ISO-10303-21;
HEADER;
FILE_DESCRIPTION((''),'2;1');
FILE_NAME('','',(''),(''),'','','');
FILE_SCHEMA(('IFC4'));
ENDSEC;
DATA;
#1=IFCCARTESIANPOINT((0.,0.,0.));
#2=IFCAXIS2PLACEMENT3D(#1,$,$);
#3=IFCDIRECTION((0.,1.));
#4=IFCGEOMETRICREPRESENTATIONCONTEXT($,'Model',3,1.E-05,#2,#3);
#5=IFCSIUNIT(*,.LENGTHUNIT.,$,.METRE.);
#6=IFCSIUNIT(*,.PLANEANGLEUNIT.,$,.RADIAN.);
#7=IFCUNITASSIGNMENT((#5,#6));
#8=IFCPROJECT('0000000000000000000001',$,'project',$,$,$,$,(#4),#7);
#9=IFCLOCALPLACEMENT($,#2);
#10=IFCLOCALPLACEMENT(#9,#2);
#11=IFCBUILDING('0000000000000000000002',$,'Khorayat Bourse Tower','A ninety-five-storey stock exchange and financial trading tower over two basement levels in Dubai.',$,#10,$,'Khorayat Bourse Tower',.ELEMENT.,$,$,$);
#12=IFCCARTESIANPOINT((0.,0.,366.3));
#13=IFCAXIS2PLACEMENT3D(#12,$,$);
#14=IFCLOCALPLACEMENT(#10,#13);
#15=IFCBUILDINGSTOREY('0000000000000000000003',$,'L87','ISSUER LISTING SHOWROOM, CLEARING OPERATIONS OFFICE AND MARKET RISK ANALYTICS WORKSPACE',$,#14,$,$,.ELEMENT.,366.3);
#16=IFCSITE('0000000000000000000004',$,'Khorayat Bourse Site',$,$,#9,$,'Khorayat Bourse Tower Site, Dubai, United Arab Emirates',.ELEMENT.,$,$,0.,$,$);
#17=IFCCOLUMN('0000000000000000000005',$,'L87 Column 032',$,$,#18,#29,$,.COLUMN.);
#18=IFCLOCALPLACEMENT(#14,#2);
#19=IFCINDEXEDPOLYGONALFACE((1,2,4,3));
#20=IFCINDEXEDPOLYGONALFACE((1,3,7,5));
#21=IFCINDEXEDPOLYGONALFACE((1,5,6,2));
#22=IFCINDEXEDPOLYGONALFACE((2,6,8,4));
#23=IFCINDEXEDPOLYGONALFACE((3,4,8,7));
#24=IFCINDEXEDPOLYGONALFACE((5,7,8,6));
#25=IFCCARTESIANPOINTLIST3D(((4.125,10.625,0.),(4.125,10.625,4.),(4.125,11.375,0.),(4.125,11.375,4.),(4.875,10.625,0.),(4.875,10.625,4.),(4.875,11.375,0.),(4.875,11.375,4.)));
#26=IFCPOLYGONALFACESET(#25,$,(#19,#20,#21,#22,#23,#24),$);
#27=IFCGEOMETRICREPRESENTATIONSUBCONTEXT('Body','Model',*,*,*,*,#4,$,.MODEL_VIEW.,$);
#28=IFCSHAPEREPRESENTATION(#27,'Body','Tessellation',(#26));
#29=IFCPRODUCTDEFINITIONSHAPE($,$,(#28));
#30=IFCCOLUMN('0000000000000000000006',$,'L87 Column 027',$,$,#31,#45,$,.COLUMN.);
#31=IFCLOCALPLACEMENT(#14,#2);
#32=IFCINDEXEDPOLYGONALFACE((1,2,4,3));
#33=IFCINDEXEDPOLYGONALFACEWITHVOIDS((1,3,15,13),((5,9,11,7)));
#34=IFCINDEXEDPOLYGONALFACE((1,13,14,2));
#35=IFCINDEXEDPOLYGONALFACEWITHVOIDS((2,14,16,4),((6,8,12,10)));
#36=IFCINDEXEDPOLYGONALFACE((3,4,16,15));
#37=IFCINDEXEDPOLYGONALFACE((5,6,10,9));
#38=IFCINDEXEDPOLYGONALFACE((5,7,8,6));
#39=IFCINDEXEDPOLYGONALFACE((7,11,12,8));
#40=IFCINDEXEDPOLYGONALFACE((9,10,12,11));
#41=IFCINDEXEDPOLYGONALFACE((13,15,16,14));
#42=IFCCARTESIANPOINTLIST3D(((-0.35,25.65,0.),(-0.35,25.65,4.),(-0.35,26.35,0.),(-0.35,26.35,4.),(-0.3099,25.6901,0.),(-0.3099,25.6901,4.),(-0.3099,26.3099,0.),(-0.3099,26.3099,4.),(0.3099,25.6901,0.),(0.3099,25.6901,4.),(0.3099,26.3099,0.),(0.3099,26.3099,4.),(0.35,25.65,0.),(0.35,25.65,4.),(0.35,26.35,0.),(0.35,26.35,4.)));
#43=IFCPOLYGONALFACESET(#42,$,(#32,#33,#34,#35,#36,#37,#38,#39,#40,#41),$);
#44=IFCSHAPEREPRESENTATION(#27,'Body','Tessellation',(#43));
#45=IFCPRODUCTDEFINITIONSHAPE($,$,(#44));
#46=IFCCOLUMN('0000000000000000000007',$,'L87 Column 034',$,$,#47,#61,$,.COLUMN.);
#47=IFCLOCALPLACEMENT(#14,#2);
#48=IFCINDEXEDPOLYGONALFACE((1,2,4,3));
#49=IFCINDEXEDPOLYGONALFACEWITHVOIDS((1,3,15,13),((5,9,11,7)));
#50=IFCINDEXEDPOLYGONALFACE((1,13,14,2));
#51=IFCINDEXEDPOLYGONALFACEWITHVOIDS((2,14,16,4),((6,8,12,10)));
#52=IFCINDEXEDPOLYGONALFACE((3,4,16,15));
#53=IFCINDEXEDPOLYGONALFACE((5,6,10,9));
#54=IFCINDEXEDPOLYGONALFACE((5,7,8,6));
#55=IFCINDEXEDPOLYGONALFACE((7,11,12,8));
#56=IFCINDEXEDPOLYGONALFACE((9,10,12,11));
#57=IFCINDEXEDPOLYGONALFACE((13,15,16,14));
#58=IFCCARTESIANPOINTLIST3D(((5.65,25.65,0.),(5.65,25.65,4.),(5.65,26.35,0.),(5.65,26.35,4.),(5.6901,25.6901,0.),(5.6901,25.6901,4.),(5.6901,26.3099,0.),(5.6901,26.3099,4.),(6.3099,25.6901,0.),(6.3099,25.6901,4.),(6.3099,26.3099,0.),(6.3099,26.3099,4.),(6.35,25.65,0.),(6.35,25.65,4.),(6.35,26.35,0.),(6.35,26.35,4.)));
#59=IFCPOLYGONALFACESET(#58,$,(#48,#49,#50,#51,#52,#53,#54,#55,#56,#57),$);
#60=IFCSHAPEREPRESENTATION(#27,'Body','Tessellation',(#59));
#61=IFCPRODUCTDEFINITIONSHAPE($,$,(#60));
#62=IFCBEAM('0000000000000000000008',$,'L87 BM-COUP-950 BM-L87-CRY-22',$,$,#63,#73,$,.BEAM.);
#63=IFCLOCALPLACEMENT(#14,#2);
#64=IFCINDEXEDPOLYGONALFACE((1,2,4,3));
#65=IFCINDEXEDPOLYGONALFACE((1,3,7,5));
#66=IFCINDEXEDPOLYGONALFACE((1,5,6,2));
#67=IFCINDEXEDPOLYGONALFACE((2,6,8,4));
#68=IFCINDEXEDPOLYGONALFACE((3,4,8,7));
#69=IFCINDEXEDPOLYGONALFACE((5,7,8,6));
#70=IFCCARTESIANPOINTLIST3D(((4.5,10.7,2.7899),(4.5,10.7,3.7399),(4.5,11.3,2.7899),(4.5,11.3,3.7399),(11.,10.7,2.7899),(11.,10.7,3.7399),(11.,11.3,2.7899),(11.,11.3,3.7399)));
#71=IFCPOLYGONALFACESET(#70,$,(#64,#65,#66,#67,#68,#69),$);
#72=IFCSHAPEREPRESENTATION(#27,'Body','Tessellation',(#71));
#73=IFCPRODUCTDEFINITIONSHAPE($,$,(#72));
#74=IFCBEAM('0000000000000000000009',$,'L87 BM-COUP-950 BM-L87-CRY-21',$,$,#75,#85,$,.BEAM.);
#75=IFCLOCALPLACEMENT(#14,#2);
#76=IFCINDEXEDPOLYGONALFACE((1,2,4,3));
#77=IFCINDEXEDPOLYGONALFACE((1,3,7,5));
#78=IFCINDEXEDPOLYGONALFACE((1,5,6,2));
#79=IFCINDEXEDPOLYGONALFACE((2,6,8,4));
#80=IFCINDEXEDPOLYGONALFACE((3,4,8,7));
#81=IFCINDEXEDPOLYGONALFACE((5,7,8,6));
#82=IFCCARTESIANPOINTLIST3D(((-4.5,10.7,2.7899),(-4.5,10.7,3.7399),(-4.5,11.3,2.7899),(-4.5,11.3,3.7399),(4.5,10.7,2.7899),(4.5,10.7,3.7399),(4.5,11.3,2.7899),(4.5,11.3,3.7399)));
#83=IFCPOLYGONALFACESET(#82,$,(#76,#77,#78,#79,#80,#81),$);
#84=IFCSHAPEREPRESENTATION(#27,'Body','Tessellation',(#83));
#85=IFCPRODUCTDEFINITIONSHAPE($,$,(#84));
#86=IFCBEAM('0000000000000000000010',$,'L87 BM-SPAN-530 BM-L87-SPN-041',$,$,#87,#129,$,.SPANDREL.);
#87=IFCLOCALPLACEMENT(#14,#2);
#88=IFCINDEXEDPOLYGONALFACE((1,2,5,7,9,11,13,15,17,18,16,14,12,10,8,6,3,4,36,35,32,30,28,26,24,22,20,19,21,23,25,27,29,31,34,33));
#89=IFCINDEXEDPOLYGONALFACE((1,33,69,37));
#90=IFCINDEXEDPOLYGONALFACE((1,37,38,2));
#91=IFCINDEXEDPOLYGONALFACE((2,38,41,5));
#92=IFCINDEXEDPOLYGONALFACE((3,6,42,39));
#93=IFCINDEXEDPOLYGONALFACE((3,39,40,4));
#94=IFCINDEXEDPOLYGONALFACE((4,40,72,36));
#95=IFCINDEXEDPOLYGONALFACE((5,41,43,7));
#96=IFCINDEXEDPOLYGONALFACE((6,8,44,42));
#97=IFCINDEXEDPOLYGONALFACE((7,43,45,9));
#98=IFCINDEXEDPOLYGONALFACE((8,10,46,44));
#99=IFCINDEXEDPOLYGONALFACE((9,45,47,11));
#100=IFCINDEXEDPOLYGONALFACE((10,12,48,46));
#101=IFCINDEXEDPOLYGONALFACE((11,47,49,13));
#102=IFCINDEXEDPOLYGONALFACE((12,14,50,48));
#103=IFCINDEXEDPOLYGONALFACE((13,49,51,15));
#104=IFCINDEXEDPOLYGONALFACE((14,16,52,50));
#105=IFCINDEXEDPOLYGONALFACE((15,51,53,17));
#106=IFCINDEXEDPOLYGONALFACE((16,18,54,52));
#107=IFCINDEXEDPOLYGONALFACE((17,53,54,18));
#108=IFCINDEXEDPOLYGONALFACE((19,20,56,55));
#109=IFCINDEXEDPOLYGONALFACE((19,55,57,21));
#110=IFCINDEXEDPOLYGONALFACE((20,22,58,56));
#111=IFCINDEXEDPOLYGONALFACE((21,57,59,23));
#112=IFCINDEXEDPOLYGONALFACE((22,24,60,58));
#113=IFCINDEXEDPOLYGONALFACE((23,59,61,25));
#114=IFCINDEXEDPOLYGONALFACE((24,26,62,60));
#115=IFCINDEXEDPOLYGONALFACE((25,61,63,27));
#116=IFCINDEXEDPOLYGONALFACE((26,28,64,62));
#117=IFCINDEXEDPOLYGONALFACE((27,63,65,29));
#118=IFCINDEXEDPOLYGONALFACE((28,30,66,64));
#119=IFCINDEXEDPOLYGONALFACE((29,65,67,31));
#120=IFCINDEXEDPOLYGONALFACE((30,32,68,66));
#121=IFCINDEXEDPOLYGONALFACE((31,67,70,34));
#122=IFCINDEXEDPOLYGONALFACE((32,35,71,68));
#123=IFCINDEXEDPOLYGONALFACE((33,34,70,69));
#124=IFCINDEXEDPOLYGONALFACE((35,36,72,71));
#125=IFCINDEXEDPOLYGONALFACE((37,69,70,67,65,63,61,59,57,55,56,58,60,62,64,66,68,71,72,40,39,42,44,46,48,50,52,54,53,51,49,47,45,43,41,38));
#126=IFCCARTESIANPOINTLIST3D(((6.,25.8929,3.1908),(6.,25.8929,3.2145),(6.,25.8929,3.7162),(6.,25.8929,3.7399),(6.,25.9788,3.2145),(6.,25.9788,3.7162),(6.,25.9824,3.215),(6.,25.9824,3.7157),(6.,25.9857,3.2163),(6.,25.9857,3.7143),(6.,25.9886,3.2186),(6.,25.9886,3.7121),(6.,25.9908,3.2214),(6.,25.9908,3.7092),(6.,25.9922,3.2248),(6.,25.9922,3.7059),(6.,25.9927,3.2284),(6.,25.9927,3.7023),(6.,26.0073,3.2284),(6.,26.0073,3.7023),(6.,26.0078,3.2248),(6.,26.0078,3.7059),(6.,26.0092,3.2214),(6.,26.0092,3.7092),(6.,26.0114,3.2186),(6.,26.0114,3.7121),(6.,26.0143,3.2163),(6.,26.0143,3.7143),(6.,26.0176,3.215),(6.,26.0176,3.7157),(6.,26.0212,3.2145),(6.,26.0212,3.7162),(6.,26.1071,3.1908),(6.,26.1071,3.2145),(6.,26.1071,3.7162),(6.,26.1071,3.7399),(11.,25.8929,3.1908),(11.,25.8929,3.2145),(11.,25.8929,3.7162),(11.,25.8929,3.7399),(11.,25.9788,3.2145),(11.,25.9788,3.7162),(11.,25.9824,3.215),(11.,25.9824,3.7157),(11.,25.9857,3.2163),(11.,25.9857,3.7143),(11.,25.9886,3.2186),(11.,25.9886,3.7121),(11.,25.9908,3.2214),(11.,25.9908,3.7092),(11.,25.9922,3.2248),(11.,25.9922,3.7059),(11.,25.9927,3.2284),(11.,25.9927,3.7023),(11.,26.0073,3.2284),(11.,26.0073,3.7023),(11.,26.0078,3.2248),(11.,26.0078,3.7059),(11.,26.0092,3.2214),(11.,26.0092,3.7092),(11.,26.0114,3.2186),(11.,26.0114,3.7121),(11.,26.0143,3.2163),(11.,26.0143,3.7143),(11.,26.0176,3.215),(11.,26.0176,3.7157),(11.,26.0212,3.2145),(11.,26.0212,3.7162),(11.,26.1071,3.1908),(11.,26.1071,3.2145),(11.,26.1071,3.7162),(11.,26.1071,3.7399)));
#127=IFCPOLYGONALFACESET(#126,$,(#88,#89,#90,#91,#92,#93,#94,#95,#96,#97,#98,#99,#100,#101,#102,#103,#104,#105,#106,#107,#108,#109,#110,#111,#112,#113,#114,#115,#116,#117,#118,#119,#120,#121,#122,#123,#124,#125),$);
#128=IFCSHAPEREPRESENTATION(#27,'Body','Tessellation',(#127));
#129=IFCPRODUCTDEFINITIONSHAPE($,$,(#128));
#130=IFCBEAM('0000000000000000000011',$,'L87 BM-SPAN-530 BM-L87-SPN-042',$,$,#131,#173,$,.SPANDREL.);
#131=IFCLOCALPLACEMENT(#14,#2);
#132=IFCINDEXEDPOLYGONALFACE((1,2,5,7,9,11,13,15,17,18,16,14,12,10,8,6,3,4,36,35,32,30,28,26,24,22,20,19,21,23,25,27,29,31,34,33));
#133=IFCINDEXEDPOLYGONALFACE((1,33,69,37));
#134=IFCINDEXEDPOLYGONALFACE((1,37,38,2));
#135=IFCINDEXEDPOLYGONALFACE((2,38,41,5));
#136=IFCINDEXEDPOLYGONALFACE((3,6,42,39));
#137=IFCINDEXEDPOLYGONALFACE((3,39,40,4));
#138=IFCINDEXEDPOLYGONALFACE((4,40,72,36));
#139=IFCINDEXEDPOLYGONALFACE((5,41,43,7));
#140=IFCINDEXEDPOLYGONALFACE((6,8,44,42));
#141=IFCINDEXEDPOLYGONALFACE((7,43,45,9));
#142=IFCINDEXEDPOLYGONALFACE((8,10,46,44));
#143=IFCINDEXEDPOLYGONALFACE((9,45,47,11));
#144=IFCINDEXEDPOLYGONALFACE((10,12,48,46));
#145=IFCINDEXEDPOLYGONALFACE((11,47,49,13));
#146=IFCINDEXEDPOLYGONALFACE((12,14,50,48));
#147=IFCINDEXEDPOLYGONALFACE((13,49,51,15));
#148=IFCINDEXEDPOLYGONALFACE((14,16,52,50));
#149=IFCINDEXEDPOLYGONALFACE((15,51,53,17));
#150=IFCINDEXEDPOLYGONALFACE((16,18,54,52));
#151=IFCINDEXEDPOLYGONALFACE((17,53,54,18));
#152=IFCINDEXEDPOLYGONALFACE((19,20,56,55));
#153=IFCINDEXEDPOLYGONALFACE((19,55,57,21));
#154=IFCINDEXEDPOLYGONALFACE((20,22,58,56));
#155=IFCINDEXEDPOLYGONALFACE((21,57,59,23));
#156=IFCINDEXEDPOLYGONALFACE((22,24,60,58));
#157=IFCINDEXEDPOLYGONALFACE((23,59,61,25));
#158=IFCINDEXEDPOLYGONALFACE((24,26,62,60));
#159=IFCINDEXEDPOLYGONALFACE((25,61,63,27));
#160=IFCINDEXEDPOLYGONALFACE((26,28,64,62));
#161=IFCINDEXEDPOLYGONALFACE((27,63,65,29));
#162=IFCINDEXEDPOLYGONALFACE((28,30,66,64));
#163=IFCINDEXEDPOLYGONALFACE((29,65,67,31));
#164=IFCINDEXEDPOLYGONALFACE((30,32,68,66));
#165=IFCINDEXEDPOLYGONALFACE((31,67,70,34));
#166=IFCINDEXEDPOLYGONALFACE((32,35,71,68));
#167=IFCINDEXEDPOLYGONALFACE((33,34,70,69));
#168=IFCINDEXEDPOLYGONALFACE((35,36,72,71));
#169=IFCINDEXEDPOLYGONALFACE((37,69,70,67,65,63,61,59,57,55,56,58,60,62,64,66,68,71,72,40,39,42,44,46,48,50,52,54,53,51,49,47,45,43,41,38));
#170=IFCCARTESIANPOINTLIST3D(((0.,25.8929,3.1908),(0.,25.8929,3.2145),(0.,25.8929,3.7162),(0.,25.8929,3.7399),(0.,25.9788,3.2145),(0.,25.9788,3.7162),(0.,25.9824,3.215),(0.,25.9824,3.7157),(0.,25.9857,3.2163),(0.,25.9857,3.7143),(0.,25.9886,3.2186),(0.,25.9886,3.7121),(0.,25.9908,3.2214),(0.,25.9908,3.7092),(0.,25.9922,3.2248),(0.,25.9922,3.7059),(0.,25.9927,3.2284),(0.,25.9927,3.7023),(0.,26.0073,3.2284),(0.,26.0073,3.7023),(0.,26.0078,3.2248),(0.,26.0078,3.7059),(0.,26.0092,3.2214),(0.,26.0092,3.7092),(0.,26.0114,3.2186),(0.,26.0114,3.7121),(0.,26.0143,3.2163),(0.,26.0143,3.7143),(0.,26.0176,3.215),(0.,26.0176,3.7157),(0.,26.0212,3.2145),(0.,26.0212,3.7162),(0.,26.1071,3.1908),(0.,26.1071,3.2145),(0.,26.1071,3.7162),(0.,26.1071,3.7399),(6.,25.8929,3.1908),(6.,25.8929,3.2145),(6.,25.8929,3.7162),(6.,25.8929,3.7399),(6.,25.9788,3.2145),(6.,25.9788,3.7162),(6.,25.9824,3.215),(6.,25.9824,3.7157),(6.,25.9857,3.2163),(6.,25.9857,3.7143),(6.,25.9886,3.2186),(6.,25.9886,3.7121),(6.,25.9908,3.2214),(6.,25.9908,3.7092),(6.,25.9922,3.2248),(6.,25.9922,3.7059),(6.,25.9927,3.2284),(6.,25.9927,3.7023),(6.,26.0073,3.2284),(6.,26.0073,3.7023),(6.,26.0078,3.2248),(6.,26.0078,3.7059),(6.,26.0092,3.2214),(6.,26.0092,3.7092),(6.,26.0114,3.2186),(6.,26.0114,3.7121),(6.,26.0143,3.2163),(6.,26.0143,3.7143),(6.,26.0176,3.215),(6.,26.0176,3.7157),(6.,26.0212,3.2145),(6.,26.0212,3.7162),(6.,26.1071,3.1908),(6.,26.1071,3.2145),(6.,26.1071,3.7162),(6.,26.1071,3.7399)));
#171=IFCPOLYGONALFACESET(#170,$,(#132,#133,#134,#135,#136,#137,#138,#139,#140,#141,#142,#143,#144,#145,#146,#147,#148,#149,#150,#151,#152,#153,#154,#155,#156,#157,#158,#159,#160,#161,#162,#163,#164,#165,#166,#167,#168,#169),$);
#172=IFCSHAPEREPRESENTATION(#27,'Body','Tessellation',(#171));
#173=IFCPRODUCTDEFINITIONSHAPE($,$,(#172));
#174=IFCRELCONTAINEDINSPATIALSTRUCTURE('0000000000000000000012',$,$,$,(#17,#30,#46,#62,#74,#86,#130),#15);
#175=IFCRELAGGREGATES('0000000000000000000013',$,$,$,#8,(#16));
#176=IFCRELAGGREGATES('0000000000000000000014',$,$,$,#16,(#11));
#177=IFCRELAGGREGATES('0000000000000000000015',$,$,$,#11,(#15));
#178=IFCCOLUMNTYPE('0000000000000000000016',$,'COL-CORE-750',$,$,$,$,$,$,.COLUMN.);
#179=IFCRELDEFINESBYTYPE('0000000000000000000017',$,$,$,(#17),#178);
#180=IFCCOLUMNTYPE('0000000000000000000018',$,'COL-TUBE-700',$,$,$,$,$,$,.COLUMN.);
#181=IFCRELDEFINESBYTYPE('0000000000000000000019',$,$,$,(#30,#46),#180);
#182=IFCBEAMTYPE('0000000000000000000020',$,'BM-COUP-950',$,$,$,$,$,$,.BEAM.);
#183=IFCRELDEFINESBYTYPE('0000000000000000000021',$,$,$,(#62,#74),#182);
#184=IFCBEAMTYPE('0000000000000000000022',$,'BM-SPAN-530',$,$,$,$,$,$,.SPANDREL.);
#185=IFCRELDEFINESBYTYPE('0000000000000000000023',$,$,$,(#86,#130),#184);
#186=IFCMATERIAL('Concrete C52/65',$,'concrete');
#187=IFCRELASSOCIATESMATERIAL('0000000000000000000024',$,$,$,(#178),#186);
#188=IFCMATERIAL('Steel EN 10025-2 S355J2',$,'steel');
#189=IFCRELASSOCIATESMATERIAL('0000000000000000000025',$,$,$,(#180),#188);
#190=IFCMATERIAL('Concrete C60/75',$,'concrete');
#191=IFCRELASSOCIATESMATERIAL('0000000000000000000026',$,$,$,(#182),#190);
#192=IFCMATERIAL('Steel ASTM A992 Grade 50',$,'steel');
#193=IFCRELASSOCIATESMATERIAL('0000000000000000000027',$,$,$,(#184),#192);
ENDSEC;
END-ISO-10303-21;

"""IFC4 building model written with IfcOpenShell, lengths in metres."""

from ifc_helpers import new_model, si_unit, direction, frame, origin, origin_2d, place, context, subcontext, project, spatial, rectangle, hollow_rectangle, i_section, extrude, source, transform, mapped, material, material_profile, profile_set, type_object, element, save


model = new_model("IFC4")

# Units and contexts
model_context = context("Model", 3, precision=1e-05, world=origin(), true_north=direction((0.0, 1.0)))
body_context = subcontext(model_context, "Body", "Model", "MODEL_VIEW")
ifc_project = project(units=[si_unit("LENGTHUNIT", "METRE"), si_unit("PLANEANGLEUNIT", "RADIAN")], contexts=[model_context])

# Site, building, storey
site_placement = place(None, origin())
site = spatial("IfcSite", under=ifc_project, at=site_placement, Name="Khorayat Bourse Site", LongName="Khorayat Bourse Tower Site, Dubai, United Arab Emirates", CompositionType="ELEMENT", RefElevation=0.0)
building_placement = place(site_placement, origin())
building = spatial("IfcBuilding", under=site, at=building_placement, Name="Khorayat Bourse Tower", Description="A ninety-five-storey stock exchange and financial trading tower over two basement levels in Dubai.", LongName="Khorayat Bourse Tower", CompositionType="ELEMENT")
storey_placement = place(building_placement, frame((0.0, 0.0, 366.3)))
storey = spatial("IfcBuildingStorey", under=building, at=storey_placement, Name="L87", Description="ISSUER LISTING SHOWROOM, CLEARING OPERATIONS OFFICE AND MARKET RISK ANALYTICS WORKSPACE", CompositionType="ELEMENT", Elevation=366.3)

# Columns
ifc_material_1 = material(Name="Concrete C52/65", Category="concrete")
ifc_material_profile_1 = material_profile(ifc_material_1, rectangle(XDim=0.75, YDim=0.75, at=origin_2d()), Name="RC 750x750")
ifc_profile_set_1 = profile_set([ifc_material_profile_1], Name="Concrete C52/65")
column_type_1 = type_object("IfcColumnType", Name="COL-CORE-750", PredefinedType="COLUMN", material=ifc_profile_set_1)
shared_shape_1 = source(origin(), body_context, "Body", "SweptSolid", [
    extrude(rectangle(XDim=0.75, YDim=0.75, at=origin_2d()), origin(), (0.0, 0.0, 1.0), 4.0),
])
column_placement = place(storey_placement, frame((4.5, 11.0, 0.0), z_axis=(0.0, 0.0, 1.0), x_axis=(1.0, 0.0, 0.0)))
element("IfcColumn", 1, at=column_placement, inside=storey, type_object=column_type_1, Name="L87 Column 032", PredefinedType="COLUMN", context=body_context, shape_type="MappedRepresentation", body=[
    mapped(shared_shape_1, transform((0.0, 0.0, 0.0), scale=1.0)),
])
ifc_material_2 = material(Name="Steel EN 10025-2 S355J2", Category="steel")
ifc_material_profile_2 = material_profile(ifc_material_2, hollow_rectangle(XDim=0.7, YDim=0.7, WallThickness=0.04, at=origin_2d()), Name="BOX 700x700x40")
ifc_profile_set_2 = profile_set([ifc_material_profile_2], Name="Steel EN 10025-2 S355J2")
column_type_2 = type_object("IfcColumnType", Name="COL-TUBE-700", PredefinedType="COLUMN", material=ifc_profile_set_2)
shared_shape_2 = source(origin(), body_context, "Body", "SweptSolid", [
    extrude(hollow_rectangle(XDim=0.7, YDim=0.7, WallThickness=0.04, at=origin_2d()), origin(), (0.0, 0.0, 1.0), 4.0),
])
for number, where, z_axis, x_axis, name in (
    (2, (0.0, 26.0, 0.0), (0.0, 0.0, 1.0), (1.0, 0.0, 0.0), "L87 Column 027"),
    (3, (6.0, 26.0, 0.0), (0.0, 0.0, 1.0), (1.0, 0.0, 0.0), "L87 Column 034"),
):
    element("IfcColumn", number, at=place(storey_placement, frame(where, z_axis=z_axis, x_axis=x_axis)), inside=storey, type_object=column_type_2, Name=name, PredefinedType="COLUMN", context=body_context, shape_type="MappedRepresentation", body=[
        mapped(shared_shape_2, transform((0.0, 0.0, 0.0), scale=1.0)),
    ])

# Beams
ifc_material_3 = material(Name="Concrete C60/75", Category="concrete")
ifc_material_profile_3 = material_profile(ifc_material_3, rectangle(XDim=0.6001, YDim=0.95, at=origin_2d()), Name="RC 600x950")
ifc_profile_set_3 = profile_set([ifc_material_profile_3], Name="Concrete C60/75")
beam_type_1 = type_object("IfcBeamType", Name="BM-COUP-950", PredefinedType="BEAM", material=ifc_profile_set_3)
shared_shape_3 = source(origin(), body_context, "Body", "SweptSolid", [
    extrude(rectangle(XDim=0.6001, YDim=0.95, at=origin_2d()), origin(), (0.0, 0.0, 1.0), 6.5),
])
beam_1_placement = place(storey_placement, frame((4.5, 11.0, 3.2649), z_axis=(1.0, 0.0, 0.0), x_axis=(0.0, 1.0, 0.0)))
element("IfcBeam", 4, at=beam_1_placement, inside=storey, type_object=beam_type_1, Name="L87 BM-COUP-950 BM-L87-CRY-22", PredefinedType="BEAM", context=body_context, shape_type="MappedRepresentation", body=[
    mapped(shared_shape_3, transform((0.0, 0.0, 0.0), scale=1.0)),
])
shared_shape_4 = source(origin(), body_context, "Body", "SweptSolid", [
    extrude(rectangle(XDim=0.6001, YDim=0.95, at=origin_2d()), origin(), (0.0, 0.0, 1.0), 9.0),
])
beam_2_placement = place(storey_placement, frame((-4.5, 11.0, 3.2649), z_axis=(1.0, 0.0, 0.0), x_axis=(0.0, 1.0, 0.0)))
element("IfcBeam", 5, at=beam_2_placement, inside=storey, type_object=beam_type_1, Name="L87 BM-COUP-950 BM-L87-CRY-21", PredefinedType="BEAM", context=body_context, shape_type="MappedRepresentation", body=[
    mapped(shared_shape_4, transform((0.0, 0.0, 0.0), scale=1.0)),
])
ifc_material_4 = material(Name="Steel ASTM A992 Grade 50", Category="steel")
ifc_material_profile_4 = material_profile(ifc_material_4, i_section(OverallWidth=0.2141, OverallDepth=0.5491, WebThickness=0.0146, FlangeThickness=0.0237, FilletRadius=0.0139, at=origin_2d()), Name="W530X138")
ifc_profile_set_4 = profile_set([ifc_material_profile_4], Name="Steel ASTM A992 Grade 50")
beam_type_2 = type_object("IfcBeamType", Name="BM-SPAN-530", PredefinedType="SPANDREL", material=ifc_profile_set_4)
shared_shape_5 = source(origin(), body_context, "Body", "SweptSolid", [
    extrude(i_section(OverallWidth=0.2141, OverallDepth=0.5491, WebThickness=0.0146, FlangeThickness=0.0237, FilletRadius=0.0139, at=origin_2d()), origin(), (0.0, 0.0, 1.0), 5.0),
])
beam_3_placement = place(storey_placement, frame((6.0, 26.0, 3.4653), z_axis=(1.0, 0.0, 0.0), x_axis=(0.0, 1.0, 0.0)))
element("IfcBeam", 6, at=beam_3_placement, inside=storey, type_object=beam_type_2, Name="L87 BM-SPAN-530 BM-L87-SPN-041", PredefinedType="SPANDREL", context=body_context, shape_type="MappedRepresentation", body=[
    mapped(shared_shape_5, transform((0.0, 0.0, 0.0), scale=1.0)),
])
shared_shape_6 = source(origin(), body_context, "Body", "SweptSolid", [
    extrude(i_section(OverallWidth=0.2141, OverallDepth=0.5491, WebThickness=0.0146, FlangeThickness=0.0237, FilletRadius=0.0139, at=origin_2d()), origin(), (0.0, 0.0, 1.0), 6.0),
])
beam_4_placement = place(storey_placement, frame((0.0, 26.0, 3.4653), z_axis=(1.0, 0.0, 0.0), x_axis=(0.0, 1.0, 0.0)))
element("IfcBeam", 7, at=beam_4_placement, inside=storey, type_object=beam_type_2, Name="L87 BM-SPAN-530 BM-L87-SPN-042", PredefinedType="SPANDREL", context=body_context, shape_type="MappedRepresentation", body=[
    mapped(shared_shape_6, transform((0.0, 0.0, 0.0), scale=1.0)),
])

save(model, "model.ifc")
